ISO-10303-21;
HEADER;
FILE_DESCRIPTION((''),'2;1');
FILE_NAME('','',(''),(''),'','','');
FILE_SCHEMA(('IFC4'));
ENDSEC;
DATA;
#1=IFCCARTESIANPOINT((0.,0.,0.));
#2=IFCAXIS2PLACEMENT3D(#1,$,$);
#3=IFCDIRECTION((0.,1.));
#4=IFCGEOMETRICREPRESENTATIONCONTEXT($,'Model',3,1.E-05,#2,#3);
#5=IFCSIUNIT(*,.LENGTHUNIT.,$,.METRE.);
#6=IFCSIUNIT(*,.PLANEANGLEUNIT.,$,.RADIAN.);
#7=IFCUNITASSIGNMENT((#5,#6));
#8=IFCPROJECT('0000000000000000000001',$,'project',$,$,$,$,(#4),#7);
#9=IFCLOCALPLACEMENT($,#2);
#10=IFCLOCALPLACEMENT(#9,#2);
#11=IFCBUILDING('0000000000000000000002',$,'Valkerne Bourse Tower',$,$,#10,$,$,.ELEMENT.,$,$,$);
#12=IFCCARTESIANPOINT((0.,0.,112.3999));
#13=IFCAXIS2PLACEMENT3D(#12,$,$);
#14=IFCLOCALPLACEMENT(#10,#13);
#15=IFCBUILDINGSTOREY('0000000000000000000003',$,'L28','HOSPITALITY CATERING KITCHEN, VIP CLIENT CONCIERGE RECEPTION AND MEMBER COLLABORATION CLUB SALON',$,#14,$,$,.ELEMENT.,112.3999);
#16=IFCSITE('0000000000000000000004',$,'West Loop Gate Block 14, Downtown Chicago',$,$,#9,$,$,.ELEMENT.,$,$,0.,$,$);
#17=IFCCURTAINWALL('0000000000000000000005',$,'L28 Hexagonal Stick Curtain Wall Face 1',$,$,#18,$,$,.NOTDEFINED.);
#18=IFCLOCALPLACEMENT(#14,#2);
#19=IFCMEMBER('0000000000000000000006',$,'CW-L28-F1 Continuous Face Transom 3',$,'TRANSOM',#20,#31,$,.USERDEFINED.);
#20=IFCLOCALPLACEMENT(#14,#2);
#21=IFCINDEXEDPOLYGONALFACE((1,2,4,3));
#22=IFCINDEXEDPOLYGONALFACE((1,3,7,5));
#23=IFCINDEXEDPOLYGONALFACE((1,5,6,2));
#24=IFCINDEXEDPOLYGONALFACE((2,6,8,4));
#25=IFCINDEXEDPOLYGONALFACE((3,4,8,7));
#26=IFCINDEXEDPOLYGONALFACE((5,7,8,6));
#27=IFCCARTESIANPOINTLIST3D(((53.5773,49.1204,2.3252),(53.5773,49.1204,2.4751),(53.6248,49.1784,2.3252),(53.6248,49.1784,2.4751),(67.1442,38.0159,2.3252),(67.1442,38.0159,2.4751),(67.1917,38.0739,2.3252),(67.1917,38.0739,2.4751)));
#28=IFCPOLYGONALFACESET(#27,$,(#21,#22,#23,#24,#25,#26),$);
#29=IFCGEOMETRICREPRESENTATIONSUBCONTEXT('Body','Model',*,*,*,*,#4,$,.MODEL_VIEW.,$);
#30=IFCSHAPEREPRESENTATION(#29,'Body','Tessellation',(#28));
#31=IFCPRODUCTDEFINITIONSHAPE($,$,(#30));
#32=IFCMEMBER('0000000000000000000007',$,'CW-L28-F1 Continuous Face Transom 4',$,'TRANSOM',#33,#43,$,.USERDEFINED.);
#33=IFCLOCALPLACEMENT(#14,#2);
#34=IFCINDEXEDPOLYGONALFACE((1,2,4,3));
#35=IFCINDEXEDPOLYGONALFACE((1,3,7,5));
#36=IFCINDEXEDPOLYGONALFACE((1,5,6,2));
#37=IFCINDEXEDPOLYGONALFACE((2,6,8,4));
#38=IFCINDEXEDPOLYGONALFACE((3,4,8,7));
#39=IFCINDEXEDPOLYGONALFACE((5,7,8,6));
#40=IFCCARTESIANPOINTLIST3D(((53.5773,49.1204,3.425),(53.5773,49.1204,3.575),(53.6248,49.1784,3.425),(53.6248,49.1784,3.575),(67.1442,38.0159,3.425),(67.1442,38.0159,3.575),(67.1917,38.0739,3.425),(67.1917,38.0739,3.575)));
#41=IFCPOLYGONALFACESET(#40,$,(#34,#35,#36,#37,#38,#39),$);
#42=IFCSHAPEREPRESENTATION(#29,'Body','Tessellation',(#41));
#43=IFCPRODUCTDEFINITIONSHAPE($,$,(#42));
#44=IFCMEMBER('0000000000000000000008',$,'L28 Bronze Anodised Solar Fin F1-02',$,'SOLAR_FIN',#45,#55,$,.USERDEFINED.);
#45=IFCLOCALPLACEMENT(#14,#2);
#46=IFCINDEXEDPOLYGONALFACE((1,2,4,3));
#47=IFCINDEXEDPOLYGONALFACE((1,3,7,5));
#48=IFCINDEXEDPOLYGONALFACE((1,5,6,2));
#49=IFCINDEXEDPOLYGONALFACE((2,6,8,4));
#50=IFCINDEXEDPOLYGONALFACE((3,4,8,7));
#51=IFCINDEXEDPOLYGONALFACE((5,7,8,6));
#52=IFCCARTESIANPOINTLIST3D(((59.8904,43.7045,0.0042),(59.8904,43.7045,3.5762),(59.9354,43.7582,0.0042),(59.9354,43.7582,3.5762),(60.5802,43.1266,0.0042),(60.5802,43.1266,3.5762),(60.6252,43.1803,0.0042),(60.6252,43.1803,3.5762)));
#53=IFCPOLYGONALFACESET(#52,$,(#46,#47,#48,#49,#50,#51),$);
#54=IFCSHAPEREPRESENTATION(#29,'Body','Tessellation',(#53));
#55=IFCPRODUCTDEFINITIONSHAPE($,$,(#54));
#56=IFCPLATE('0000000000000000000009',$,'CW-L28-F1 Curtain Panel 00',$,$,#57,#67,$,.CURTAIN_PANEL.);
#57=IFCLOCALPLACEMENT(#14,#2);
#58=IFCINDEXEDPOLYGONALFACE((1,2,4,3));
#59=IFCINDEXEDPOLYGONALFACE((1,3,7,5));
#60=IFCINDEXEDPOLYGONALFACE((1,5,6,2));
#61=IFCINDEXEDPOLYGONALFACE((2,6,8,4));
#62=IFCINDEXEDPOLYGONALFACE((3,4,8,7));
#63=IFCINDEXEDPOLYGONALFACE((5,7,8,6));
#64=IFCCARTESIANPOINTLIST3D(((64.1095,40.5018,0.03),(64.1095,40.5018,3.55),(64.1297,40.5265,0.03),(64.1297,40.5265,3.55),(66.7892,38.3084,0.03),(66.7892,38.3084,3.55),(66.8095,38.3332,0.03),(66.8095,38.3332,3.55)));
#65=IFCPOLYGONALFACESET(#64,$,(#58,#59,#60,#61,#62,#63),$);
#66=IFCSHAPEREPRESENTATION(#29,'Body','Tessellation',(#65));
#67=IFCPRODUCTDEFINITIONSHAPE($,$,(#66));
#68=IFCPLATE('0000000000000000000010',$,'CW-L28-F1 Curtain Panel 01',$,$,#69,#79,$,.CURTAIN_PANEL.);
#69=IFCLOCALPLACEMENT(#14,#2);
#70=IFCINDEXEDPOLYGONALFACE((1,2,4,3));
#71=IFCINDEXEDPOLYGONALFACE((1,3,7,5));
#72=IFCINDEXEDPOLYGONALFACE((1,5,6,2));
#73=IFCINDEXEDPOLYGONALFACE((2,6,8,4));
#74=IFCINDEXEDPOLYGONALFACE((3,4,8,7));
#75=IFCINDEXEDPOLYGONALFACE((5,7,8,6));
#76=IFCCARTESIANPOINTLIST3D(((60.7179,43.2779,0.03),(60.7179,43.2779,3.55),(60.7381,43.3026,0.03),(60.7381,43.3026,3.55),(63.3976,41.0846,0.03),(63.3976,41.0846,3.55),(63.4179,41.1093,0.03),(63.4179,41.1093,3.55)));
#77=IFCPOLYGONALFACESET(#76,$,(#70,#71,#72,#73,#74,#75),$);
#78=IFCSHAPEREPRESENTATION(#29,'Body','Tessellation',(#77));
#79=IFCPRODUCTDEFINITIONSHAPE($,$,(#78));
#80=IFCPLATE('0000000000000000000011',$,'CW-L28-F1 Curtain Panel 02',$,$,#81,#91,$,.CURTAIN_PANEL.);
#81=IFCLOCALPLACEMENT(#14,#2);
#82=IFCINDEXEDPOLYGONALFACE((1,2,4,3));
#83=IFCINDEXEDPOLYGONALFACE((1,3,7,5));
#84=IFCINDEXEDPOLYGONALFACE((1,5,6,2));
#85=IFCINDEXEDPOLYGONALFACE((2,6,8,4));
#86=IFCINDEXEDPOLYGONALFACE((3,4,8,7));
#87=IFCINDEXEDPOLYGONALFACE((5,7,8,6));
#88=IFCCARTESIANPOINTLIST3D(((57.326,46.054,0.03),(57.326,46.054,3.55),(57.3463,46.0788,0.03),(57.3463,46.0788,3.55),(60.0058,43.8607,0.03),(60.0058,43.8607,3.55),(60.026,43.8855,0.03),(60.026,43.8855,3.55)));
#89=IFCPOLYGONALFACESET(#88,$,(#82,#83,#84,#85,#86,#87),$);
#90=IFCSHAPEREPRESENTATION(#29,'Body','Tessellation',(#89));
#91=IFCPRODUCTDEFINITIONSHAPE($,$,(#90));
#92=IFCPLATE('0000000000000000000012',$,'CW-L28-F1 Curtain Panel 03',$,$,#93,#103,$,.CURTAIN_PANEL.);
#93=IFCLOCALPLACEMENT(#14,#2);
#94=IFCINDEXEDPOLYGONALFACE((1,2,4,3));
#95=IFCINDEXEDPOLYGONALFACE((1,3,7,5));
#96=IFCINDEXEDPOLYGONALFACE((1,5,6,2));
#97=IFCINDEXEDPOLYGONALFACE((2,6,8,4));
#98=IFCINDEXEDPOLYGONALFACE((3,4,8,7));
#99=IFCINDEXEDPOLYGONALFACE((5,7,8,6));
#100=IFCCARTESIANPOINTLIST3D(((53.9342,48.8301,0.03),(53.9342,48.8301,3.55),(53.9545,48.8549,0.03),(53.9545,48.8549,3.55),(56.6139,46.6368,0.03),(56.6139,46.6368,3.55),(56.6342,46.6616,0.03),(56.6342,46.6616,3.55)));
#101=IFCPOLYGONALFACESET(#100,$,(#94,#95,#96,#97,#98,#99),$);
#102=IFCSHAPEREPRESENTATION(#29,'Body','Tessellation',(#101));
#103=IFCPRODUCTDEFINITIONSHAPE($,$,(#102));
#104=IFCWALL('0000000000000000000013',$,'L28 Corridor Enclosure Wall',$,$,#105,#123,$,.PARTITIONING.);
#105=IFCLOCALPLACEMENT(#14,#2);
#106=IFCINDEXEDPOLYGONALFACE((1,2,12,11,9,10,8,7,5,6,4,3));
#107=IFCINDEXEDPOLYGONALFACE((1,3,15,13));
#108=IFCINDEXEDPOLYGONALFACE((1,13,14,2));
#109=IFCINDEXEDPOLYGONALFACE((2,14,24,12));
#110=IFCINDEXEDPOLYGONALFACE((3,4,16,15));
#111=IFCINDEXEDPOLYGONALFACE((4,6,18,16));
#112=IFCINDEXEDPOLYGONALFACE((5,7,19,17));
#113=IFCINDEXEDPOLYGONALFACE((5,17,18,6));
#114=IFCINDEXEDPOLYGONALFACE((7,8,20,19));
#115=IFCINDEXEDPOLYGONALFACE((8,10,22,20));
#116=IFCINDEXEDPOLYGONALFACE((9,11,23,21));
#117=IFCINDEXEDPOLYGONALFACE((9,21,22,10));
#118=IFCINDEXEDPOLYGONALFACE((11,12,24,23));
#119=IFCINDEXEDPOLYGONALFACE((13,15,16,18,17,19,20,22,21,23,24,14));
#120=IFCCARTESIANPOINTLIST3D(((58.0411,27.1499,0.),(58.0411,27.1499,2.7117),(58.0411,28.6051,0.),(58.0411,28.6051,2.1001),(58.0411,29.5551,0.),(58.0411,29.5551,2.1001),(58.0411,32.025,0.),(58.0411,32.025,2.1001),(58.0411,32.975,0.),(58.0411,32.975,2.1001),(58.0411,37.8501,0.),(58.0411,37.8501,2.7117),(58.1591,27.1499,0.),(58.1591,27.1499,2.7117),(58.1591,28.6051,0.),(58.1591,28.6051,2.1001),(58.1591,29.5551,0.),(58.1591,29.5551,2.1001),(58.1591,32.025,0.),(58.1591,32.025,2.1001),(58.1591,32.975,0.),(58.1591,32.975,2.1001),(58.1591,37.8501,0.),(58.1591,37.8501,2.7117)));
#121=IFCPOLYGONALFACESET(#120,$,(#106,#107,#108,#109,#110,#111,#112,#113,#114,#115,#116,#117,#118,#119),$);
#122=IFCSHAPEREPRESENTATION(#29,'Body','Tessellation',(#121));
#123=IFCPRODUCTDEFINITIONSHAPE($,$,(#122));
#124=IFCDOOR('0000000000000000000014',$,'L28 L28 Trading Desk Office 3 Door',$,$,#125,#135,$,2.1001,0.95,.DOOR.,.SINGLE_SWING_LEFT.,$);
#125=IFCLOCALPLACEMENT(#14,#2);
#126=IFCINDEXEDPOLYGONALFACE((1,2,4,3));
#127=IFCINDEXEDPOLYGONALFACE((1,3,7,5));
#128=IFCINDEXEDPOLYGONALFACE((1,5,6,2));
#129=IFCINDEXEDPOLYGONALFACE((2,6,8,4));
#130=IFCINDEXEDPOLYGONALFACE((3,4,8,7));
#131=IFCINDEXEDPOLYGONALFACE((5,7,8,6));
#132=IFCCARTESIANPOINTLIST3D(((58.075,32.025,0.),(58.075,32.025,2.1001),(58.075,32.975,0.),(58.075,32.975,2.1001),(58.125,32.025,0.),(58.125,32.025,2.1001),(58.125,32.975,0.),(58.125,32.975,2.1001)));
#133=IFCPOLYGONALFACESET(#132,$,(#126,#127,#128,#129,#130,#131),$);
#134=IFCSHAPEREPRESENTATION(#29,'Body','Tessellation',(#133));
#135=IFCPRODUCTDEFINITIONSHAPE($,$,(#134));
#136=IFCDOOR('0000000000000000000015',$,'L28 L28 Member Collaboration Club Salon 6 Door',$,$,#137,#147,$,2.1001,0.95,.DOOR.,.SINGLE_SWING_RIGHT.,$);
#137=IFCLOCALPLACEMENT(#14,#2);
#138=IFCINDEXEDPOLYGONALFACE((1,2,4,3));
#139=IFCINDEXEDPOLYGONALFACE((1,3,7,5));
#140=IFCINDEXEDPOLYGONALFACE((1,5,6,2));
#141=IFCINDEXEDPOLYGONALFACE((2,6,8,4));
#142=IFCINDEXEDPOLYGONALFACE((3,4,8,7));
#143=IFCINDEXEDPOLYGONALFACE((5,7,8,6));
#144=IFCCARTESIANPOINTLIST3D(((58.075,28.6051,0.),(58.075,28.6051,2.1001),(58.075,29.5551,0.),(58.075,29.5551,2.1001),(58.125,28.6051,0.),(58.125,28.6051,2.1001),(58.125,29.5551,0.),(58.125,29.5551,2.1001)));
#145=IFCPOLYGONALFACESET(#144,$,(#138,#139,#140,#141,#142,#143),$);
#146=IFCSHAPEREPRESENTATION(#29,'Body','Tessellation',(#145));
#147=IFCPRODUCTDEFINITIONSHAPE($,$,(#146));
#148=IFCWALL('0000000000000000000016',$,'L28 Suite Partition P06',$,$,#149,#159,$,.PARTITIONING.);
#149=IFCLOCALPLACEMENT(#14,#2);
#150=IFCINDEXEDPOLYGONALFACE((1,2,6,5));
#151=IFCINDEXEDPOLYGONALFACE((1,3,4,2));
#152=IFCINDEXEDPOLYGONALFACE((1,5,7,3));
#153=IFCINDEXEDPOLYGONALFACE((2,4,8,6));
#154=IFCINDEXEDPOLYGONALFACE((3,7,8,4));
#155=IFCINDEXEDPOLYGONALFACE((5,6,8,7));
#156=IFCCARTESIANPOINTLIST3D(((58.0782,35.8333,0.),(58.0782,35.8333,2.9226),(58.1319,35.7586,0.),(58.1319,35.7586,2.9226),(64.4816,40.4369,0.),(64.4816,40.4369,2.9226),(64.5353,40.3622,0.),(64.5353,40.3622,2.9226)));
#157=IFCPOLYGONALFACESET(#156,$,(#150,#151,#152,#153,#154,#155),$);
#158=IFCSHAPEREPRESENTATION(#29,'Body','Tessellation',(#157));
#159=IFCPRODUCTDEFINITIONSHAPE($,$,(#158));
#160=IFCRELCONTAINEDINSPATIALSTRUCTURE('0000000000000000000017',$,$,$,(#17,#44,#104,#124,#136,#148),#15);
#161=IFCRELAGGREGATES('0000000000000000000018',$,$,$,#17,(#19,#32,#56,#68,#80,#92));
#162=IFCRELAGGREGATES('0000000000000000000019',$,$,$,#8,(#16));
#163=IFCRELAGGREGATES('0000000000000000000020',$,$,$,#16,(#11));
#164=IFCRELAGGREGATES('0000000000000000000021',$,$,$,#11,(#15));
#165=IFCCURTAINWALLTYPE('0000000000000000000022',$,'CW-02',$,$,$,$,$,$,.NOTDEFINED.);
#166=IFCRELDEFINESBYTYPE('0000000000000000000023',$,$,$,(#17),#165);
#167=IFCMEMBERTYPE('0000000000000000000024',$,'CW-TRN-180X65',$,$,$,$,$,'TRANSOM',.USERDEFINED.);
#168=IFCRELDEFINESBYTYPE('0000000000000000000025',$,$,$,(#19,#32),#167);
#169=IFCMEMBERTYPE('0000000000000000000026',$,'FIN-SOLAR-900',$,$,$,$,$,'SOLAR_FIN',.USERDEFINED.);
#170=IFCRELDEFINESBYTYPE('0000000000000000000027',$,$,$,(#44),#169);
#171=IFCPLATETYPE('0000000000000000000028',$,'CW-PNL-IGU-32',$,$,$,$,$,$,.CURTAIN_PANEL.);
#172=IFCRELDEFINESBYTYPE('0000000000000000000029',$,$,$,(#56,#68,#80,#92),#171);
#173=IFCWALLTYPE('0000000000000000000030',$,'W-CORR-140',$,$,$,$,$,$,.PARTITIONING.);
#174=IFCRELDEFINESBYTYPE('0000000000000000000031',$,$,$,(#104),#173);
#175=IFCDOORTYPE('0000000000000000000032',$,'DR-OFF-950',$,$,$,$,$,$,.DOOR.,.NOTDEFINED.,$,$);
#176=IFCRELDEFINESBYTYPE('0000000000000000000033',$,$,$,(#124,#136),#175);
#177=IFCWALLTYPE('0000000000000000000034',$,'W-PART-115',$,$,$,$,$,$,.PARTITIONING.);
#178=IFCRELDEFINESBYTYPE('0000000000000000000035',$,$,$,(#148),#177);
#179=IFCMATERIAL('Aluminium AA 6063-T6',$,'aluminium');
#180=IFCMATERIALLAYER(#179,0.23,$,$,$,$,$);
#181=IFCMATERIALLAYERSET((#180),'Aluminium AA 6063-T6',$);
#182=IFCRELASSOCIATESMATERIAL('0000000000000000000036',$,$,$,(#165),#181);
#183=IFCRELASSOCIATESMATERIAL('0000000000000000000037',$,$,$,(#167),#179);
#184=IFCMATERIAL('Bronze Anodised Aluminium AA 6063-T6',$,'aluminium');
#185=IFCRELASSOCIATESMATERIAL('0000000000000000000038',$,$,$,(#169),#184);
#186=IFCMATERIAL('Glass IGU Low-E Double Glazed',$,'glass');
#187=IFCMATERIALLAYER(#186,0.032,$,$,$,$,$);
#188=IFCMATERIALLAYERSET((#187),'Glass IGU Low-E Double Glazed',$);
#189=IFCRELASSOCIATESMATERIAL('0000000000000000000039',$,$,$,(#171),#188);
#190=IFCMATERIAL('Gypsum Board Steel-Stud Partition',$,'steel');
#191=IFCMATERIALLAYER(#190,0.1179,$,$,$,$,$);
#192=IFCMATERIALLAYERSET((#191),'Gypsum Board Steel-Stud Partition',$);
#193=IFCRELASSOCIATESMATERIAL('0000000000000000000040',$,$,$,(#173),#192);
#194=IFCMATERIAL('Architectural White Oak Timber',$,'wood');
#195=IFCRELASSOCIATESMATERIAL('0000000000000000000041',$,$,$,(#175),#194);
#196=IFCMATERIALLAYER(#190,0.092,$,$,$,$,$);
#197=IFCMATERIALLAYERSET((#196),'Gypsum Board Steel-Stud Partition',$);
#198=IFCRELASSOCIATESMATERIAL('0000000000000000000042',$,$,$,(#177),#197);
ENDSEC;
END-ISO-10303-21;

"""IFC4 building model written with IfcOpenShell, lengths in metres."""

from ifc_helpers import new_model, si_unit, direction, frame, frame_2d, origin, origin_2d, place, context, subcontext, project, spatial, rectangle, extrude, material, layer, layer_set, material_profile, profile_set, type_object, element, fill, aggregate, save


model = new_model("IFC4")

# Units and contexts
model_context = context("Model", 3, precision=1e-05, world=origin(), true_north=direction((0.0, 1.0)))
body_context = subcontext(model_context, "Body", "Model", "MODEL_VIEW")
ifc_project = project(units=[si_unit("LENGTHUNIT", "METRE"), si_unit("PLANEANGLEUNIT", "RADIAN")], contexts=[model_context])

# Site, building, storey
site_placement = place(None, origin())
site = spatial("IfcSite", under=ifc_project, at=site_placement, Name="West Loop Gate Block 14, Downtown Chicago", CompositionType="ELEMENT", RefElevation=0.0)
building_placement = place(site_placement, origin())
building = spatial("IfcBuilding", under=site, at=building_placement, Name="Valkerne Bourse Tower", CompositionType="ELEMENT")
storey_placement = place(building_placement, frame((0.0, 0.0, 112.3999)))
storey = spatial("IfcBuildingStorey", under=building, at=storey_placement, Name="L28", Description="HOSPITALITY CATERING KITCHEN, VIP CLIENT CONCIERGE RECEPTION AND MEMBER COLLABORATION CLUB SALON", CompositionType="ELEMENT", Elevation=112.3999)

# Curtain wall, members
ifc_material_1 = material(Name="Aluminium AA 6063-T6", Category="aluminium")
ifc_layer_1 = layer(ifc_material_1, 0.23)
ifc_layer_set_1 = layer_set([ifc_layer_1], Name="Aluminium AA 6063-T6")
curtain_wall_type = type_object("IfcCurtainWallType", Name="CW-02", PredefinedType="NOTDEFINED", material=ifc_layer_set_1)
curtain_wall_placement = place(storey_placement, origin())
curtain_wall = element("IfcCurtainWall", 1, at=curtain_wall_placement, inside=storey, type_object=curtain_wall_type, Name="L28 Hexagonal Stick Curtain Wall Face 1", PredefinedType="NOTDEFINED")
ifc_material_profile_1 = material_profile(ifc_material_1, rectangle(XDim=0.075, YDim=0.1499, at=origin_2d()), Name="CWT-75X150")
ifc_profile_set_1 = profile_set([ifc_material_profile_1], Name="Aluminium AA 6063-T6")
member_type_1 = type_object("IfcMemberType", Name="CW-TRN-180X65", ElementType="TRANSOM", PredefinedType="USERDEFINED", material=ifc_profile_set_1)
member_1_placement = place(storey_placement, frame((67.168, 38.0449, 2.4001), z_axis=(-0.773837, 0.633385, 0.0), x_axis=(-0.633385, -0.773837, 0.0)))
member_1 = element("IfcMember", 2, at=member_1_placement, type_object=member_type_1, Name="CW-L28-F1 Continuous Face Transom 3", ObjectType="TRANSOM", PredefinedType="USERDEFINED", context=body_context, shape_type="SweptSolid", body=[
    extrude(rectangle(XDim=0.075, YDim=0.1499, at=origin_2d()), origin(), (0.0, 0.0, 1.0), 17.532),
])
member_2_placement = place(storey_placement, frame((67.168, 38.0449, 3.5), z_axis=(-0.773837, 0.633385, 0.0), x_axis=(-0.633385, -0.773837, 0.0)))
member_2 = element("IfcMember", 3, at=member_2_placement, type_object=member_type_1, Name="CW-L28-F1 Continuous Face Transom 4", ObjectType="TRANSOM", PredefinedType="USERDEFINED", context=body_context, shape_type="SweptSolid", body=[
    extrude(rectangle(XDim=0.075, YDim=0.1499, at=origin_2d()), origin(), (0.0, 0.0, 1.0), 17.532),
])

# Member
ifc_material_2 = material(Name="Bronze Anodised Aluminium AA 6063-T6", Category="aluminium")
ifc_material_profile_2 = material_profile(ifc_material_2, rectangle(XDim=0.0701, YDim=0.8999, at=origin_2d()), Name="FIN-70X900")
ifc_profile_set_2 = profile_set([ifc_material_profile_2], Name="Bronze Anodised Aluminium AA 6063-T6")
member_type_2 = type_object("IfcMemberType", Name="FIN-SOLAR-900", ElementType="SOLAR_FIN", PredefinedType="USERDEFINED", material=ifc_profile_set_2)
member_3_placement = place(storey_placement, frame((60.2578, 43.4424, 0.0042), z_axis=(0.0, 0.0, 1.0), x_axis=(0.64224, 0.766504, 0.0)))
element("IfcMember", 4, at=member_3_placement, inside=storey, type_object=member_type_2, Name="L28 Bronze Anodised Solar Fin F1-02", ObjectType="SOLAR_FIN", PredefinedType="USERDEFINED", context=body_context, shape_type="SweptSolid", body=[
    extrude(rectangle(XDim=0.0701, YDim=0.8999, at=origin_2d()), origin(), (0.0, 0.0, 1.0), 3.572),
])

# Plates
ifc_material_3 = material(Name="Glass IGU Low-E Double Glazed", Category="glass")
ifc_layer_2 = layer(ifc_material_3, 0.032)
ifc_layer_set_2 = layer_set([ifc_layer_2], Name="Glass IGU Low-E Double Glazed")
plate_type = type_object("IfcPlateType", Name="CW-PNL-IGU-32", PredefinedType="CURTAIN_PANEL", material=ifc_layer_set_2)
plate_1_placement = place(storey_placement, frame((65.4595, 39.4175, 0.03), z_axis=(0.0, 0.0, 1.0), x_axis=(-0.773837, 0.633384, 0.0)))
plate_1 = element("IfcPlate", 5, at=plate_1_placement, type_object=plate_type, Name="CW-L28-F1 Curtain Panel 00", PredefinedType="CURTAIN_PANEL", context=body_context, shape_type="SweptSolid", body=[
    extrude(rectangle(XDim=3.4629, YDim=0.032, at=origin_2d()), origin(), (0.0, 0.0, 1.0), 3.52),
])
plate_2_placement = place(storey_placement, frame((62.0679, 42.1936, 0.03), z_axis=(0.0, 0.0, 1.0), x_axis=(-0.773837, 0.633384, 0.0)))
plate_2 = element("IfcPlate", 6, at=plate_2_placement, type_object=plate_type, Name="CW-L28-F1 Curtain Panel 01", PredefinedType="CURTAIN_PANEL", context=body_context, shape_type="SweptSolid", body=[
    extrude(rectangle(XDim=3.4629, YDim=0.032, at=origin_2d()), origin(), (0.0, 0.0, 1.0), 3.52),
])
plate_3_placement = place(storey_placement, frame((58.676, 44.9697, 0.03), z_axis=(0.0, 0.0, 1.0), x_axis=(-0.773846, 0.633373, 0.0)))
plate_3 = element("IfcPlate", 7, at=plate_3_placement, type_object=plate_type, Name="CW-L28-F1 Curtain Panel 02", PredefinedType="CURTAIN_PANEL", context=body_context, shape_type="SweptSolid", body=[
    extrude(rectangle(XDim=3.4629, YDim=0.032, at=origin_2d()), origin(), (0.0, 0.0, 1.0), 3.52),
])
plate_4_placement = place(storey_placement, frame((55.2842, 47.7458, 0.03), z_axis=(0.0, 0.0, 1.0), x_axis=(-0.773837, 0.633384, 0.0)))
plate_4 = element("IfcPlate", 8, at=plate_4_placement, type_object=plate_type, Name="CW-L28-F1 Curtain Panel 03", PredefinedType="CURTAIN_PANEL", context=body_context, shape_type="SweptSolid", body=[
    extrude(rectangle(XDim=3.4629, YDim=0.032, at=origin_2d()), origin(), (0.0, 0.0, 1.0), 3.52),
])
aggregate(curtain_wall, [member_1, member_2, plate_1, plate_2, plate_3, plate_4])

# Wall, openings, doors
ifc_material_4 = material(Name="Gypsum Board Steel-Stud Partition", Category="steel")
ifc_layer_3 = layer(ifc_material_4, 0.1179)
ifc_layer_set_3 = layer_set([ifc_layer_3], Name="Gypsum Board Steel-Stud Partition")
wall_type_1 = type_object("IfcWallType", Name="W-CORR-140", PredefinedType="PARTITIONING", material=ifc_layer_set_3)
wall_1_placement = place(storey_placement, frame((58.1001, 37.8501, 0.0), z_axis=(0.0, 0.0, 1.0), x_axis=(0.0, -1.0, 0.0)))
wall_1 = element("IfcWall", 9, at=wall_1_placement, inside=storey, type_object=wall_type_1, Name="L28 Corridor Enclosure Wall", PredefinedType="PARTITIONING", context=body_context, shape_type="SweptSolid", body=[
    extrude(rectangle(XDim=10.7002, YDim=0.1179, at=frame_2d((5.3501, 0.0))), origin(), (0.0, 0.0, 1.0), 2.7117),
])
opening_1_placement = place(wall_1_placement, frame((4.875, 0.0, 0.0)))
opening_1 = element("IfcOpeningElement", 10, at=opening_1_placement, cuts=wall_1, PredefinedType="OPENING", context=body_context, shape_type="SweptSolid", body=[
    extrude(rectangle(XDim=0.95, YDim=2.1001, at=frame_2d((0.4751, 1.05))), frame((0.0, 0.0688, 0.0), z_axis=(0.0, -1.0, 0.0), x_axis=(1.0, 0.0, 0.0)), (0.0, 0.0, 1.0), 0.1379),
])
opening_2_placement = place(wall_1_placement, frame((8.2949, 0.0, 0.0)))
opening_2 = element("IfcOpeningElement", 11, at=opening_2_placement, cuts=wall_1, PredefinedType="OPENING", context=body_context, shape_type="SweptSolid", body=[
    extrude(rectangle(XDim=0.95, YDim=2.1001, at=frame_2d((0.4751, 1.05))), frame((0.0, 0.0688, 0.0), z_axis=(0.0, -1.0, 0.0), x_axis=(1.0, 0.0, 0.0)), (0.0, 0.0, 1.0), 0.1379),
])
ifc_material_5 = material(Name="Architectural White Oak Timber", Category="wood")
door_type = type_object("IfcDoorType", Name="DR-OFF-950", OperationType="NOTDEFINED", PredefinedType="DOOR", material=ifc_material_5)
door_1_placement = place(opening_1_placement, origin())
door_1 = element("IfcDoor", 12, at=door_1_placement, inside=storey, type_object=door_type, Name="L28 L28 Trading Desk Office 3 Door", OperationType="SINGLE_SWING_LEFT", OverallHeight=2.1001, OverallWidth=0.95, PredefinedType="DOOR", context=body_context, shape_type="SweptSolid", body=[
    extrude(rectangle(XDim=0.95, YDim=2.1001, at=frame_2d((0.4751, 1.05))), frame((0.0, 0.0249, 0.0), z_axis=(0.0, -1.0, 0.0), x_axis=(1.0, 0.0, 0.0)), (0.0, 0.0, 1.0), 0.05),
])
fill(opening_1, door_1)
door_2_placement = place(opening_2_placement, origin())
door_2 = element("IfcDoor", 13, at=door_2_placement, inside=storey, type_object=door_type, Name="L28 L28 Member Collaboration Club Salon 6 Door", OperationType="SINGLE_SWING_RIGHT", OverallHeight=2.1001, OverallWidth=0.95, PredefinedType="DOOR", context=body_context, shape_type="SweptSolid", body=[
    extrude(rectangle(XDim=0.95, YDim=2.1001, at=frame_2d((0.4751, 1.05))), frame((0.0, 0.0249, 0.0), z_axis=(0.0, -1.0, 0.0), x_axis=(1.0, 0.0, 0.0)), (0.0, 0.0, 1.0), 0.05),
])
fill(opening_2, door_2)

# Wall
ifc_layer_4 = layer(ifc_material_4, 0.092)
ifc_layer_set_4 = layer_set([ifc_layer_4], Name="Gypsum Board Steel-Stud Partition")
wall_type_2 = type_object("IfcWallType", Name="W-PART-115", PredefinedType="PARTITIONING", material=ifc_layer_set_4)
wall_2_placement = place(storey_placement, frame((58.105, 35.7959, 0.0), z_axis=(0.0, 0.0, 1.0), x_axis=(0.811948, 0.58373, 0.0)))
element("IfcWall", 14, at=wall_2_placement, inside=storey, type_object=wall_type_2, Name="L28 Suite Partition P06", PredefinedType="PARTITIONING", context=body_context, shape_type="SweptSolid", body=[
    extrude(rectangle(XDim=7.8865, YDim=0.092, at=frame_2d((3.9434, 0.0))), origin(), (0.0, 0.0, 1.0), 2.9226),
])

save(model, "model.ifc")
